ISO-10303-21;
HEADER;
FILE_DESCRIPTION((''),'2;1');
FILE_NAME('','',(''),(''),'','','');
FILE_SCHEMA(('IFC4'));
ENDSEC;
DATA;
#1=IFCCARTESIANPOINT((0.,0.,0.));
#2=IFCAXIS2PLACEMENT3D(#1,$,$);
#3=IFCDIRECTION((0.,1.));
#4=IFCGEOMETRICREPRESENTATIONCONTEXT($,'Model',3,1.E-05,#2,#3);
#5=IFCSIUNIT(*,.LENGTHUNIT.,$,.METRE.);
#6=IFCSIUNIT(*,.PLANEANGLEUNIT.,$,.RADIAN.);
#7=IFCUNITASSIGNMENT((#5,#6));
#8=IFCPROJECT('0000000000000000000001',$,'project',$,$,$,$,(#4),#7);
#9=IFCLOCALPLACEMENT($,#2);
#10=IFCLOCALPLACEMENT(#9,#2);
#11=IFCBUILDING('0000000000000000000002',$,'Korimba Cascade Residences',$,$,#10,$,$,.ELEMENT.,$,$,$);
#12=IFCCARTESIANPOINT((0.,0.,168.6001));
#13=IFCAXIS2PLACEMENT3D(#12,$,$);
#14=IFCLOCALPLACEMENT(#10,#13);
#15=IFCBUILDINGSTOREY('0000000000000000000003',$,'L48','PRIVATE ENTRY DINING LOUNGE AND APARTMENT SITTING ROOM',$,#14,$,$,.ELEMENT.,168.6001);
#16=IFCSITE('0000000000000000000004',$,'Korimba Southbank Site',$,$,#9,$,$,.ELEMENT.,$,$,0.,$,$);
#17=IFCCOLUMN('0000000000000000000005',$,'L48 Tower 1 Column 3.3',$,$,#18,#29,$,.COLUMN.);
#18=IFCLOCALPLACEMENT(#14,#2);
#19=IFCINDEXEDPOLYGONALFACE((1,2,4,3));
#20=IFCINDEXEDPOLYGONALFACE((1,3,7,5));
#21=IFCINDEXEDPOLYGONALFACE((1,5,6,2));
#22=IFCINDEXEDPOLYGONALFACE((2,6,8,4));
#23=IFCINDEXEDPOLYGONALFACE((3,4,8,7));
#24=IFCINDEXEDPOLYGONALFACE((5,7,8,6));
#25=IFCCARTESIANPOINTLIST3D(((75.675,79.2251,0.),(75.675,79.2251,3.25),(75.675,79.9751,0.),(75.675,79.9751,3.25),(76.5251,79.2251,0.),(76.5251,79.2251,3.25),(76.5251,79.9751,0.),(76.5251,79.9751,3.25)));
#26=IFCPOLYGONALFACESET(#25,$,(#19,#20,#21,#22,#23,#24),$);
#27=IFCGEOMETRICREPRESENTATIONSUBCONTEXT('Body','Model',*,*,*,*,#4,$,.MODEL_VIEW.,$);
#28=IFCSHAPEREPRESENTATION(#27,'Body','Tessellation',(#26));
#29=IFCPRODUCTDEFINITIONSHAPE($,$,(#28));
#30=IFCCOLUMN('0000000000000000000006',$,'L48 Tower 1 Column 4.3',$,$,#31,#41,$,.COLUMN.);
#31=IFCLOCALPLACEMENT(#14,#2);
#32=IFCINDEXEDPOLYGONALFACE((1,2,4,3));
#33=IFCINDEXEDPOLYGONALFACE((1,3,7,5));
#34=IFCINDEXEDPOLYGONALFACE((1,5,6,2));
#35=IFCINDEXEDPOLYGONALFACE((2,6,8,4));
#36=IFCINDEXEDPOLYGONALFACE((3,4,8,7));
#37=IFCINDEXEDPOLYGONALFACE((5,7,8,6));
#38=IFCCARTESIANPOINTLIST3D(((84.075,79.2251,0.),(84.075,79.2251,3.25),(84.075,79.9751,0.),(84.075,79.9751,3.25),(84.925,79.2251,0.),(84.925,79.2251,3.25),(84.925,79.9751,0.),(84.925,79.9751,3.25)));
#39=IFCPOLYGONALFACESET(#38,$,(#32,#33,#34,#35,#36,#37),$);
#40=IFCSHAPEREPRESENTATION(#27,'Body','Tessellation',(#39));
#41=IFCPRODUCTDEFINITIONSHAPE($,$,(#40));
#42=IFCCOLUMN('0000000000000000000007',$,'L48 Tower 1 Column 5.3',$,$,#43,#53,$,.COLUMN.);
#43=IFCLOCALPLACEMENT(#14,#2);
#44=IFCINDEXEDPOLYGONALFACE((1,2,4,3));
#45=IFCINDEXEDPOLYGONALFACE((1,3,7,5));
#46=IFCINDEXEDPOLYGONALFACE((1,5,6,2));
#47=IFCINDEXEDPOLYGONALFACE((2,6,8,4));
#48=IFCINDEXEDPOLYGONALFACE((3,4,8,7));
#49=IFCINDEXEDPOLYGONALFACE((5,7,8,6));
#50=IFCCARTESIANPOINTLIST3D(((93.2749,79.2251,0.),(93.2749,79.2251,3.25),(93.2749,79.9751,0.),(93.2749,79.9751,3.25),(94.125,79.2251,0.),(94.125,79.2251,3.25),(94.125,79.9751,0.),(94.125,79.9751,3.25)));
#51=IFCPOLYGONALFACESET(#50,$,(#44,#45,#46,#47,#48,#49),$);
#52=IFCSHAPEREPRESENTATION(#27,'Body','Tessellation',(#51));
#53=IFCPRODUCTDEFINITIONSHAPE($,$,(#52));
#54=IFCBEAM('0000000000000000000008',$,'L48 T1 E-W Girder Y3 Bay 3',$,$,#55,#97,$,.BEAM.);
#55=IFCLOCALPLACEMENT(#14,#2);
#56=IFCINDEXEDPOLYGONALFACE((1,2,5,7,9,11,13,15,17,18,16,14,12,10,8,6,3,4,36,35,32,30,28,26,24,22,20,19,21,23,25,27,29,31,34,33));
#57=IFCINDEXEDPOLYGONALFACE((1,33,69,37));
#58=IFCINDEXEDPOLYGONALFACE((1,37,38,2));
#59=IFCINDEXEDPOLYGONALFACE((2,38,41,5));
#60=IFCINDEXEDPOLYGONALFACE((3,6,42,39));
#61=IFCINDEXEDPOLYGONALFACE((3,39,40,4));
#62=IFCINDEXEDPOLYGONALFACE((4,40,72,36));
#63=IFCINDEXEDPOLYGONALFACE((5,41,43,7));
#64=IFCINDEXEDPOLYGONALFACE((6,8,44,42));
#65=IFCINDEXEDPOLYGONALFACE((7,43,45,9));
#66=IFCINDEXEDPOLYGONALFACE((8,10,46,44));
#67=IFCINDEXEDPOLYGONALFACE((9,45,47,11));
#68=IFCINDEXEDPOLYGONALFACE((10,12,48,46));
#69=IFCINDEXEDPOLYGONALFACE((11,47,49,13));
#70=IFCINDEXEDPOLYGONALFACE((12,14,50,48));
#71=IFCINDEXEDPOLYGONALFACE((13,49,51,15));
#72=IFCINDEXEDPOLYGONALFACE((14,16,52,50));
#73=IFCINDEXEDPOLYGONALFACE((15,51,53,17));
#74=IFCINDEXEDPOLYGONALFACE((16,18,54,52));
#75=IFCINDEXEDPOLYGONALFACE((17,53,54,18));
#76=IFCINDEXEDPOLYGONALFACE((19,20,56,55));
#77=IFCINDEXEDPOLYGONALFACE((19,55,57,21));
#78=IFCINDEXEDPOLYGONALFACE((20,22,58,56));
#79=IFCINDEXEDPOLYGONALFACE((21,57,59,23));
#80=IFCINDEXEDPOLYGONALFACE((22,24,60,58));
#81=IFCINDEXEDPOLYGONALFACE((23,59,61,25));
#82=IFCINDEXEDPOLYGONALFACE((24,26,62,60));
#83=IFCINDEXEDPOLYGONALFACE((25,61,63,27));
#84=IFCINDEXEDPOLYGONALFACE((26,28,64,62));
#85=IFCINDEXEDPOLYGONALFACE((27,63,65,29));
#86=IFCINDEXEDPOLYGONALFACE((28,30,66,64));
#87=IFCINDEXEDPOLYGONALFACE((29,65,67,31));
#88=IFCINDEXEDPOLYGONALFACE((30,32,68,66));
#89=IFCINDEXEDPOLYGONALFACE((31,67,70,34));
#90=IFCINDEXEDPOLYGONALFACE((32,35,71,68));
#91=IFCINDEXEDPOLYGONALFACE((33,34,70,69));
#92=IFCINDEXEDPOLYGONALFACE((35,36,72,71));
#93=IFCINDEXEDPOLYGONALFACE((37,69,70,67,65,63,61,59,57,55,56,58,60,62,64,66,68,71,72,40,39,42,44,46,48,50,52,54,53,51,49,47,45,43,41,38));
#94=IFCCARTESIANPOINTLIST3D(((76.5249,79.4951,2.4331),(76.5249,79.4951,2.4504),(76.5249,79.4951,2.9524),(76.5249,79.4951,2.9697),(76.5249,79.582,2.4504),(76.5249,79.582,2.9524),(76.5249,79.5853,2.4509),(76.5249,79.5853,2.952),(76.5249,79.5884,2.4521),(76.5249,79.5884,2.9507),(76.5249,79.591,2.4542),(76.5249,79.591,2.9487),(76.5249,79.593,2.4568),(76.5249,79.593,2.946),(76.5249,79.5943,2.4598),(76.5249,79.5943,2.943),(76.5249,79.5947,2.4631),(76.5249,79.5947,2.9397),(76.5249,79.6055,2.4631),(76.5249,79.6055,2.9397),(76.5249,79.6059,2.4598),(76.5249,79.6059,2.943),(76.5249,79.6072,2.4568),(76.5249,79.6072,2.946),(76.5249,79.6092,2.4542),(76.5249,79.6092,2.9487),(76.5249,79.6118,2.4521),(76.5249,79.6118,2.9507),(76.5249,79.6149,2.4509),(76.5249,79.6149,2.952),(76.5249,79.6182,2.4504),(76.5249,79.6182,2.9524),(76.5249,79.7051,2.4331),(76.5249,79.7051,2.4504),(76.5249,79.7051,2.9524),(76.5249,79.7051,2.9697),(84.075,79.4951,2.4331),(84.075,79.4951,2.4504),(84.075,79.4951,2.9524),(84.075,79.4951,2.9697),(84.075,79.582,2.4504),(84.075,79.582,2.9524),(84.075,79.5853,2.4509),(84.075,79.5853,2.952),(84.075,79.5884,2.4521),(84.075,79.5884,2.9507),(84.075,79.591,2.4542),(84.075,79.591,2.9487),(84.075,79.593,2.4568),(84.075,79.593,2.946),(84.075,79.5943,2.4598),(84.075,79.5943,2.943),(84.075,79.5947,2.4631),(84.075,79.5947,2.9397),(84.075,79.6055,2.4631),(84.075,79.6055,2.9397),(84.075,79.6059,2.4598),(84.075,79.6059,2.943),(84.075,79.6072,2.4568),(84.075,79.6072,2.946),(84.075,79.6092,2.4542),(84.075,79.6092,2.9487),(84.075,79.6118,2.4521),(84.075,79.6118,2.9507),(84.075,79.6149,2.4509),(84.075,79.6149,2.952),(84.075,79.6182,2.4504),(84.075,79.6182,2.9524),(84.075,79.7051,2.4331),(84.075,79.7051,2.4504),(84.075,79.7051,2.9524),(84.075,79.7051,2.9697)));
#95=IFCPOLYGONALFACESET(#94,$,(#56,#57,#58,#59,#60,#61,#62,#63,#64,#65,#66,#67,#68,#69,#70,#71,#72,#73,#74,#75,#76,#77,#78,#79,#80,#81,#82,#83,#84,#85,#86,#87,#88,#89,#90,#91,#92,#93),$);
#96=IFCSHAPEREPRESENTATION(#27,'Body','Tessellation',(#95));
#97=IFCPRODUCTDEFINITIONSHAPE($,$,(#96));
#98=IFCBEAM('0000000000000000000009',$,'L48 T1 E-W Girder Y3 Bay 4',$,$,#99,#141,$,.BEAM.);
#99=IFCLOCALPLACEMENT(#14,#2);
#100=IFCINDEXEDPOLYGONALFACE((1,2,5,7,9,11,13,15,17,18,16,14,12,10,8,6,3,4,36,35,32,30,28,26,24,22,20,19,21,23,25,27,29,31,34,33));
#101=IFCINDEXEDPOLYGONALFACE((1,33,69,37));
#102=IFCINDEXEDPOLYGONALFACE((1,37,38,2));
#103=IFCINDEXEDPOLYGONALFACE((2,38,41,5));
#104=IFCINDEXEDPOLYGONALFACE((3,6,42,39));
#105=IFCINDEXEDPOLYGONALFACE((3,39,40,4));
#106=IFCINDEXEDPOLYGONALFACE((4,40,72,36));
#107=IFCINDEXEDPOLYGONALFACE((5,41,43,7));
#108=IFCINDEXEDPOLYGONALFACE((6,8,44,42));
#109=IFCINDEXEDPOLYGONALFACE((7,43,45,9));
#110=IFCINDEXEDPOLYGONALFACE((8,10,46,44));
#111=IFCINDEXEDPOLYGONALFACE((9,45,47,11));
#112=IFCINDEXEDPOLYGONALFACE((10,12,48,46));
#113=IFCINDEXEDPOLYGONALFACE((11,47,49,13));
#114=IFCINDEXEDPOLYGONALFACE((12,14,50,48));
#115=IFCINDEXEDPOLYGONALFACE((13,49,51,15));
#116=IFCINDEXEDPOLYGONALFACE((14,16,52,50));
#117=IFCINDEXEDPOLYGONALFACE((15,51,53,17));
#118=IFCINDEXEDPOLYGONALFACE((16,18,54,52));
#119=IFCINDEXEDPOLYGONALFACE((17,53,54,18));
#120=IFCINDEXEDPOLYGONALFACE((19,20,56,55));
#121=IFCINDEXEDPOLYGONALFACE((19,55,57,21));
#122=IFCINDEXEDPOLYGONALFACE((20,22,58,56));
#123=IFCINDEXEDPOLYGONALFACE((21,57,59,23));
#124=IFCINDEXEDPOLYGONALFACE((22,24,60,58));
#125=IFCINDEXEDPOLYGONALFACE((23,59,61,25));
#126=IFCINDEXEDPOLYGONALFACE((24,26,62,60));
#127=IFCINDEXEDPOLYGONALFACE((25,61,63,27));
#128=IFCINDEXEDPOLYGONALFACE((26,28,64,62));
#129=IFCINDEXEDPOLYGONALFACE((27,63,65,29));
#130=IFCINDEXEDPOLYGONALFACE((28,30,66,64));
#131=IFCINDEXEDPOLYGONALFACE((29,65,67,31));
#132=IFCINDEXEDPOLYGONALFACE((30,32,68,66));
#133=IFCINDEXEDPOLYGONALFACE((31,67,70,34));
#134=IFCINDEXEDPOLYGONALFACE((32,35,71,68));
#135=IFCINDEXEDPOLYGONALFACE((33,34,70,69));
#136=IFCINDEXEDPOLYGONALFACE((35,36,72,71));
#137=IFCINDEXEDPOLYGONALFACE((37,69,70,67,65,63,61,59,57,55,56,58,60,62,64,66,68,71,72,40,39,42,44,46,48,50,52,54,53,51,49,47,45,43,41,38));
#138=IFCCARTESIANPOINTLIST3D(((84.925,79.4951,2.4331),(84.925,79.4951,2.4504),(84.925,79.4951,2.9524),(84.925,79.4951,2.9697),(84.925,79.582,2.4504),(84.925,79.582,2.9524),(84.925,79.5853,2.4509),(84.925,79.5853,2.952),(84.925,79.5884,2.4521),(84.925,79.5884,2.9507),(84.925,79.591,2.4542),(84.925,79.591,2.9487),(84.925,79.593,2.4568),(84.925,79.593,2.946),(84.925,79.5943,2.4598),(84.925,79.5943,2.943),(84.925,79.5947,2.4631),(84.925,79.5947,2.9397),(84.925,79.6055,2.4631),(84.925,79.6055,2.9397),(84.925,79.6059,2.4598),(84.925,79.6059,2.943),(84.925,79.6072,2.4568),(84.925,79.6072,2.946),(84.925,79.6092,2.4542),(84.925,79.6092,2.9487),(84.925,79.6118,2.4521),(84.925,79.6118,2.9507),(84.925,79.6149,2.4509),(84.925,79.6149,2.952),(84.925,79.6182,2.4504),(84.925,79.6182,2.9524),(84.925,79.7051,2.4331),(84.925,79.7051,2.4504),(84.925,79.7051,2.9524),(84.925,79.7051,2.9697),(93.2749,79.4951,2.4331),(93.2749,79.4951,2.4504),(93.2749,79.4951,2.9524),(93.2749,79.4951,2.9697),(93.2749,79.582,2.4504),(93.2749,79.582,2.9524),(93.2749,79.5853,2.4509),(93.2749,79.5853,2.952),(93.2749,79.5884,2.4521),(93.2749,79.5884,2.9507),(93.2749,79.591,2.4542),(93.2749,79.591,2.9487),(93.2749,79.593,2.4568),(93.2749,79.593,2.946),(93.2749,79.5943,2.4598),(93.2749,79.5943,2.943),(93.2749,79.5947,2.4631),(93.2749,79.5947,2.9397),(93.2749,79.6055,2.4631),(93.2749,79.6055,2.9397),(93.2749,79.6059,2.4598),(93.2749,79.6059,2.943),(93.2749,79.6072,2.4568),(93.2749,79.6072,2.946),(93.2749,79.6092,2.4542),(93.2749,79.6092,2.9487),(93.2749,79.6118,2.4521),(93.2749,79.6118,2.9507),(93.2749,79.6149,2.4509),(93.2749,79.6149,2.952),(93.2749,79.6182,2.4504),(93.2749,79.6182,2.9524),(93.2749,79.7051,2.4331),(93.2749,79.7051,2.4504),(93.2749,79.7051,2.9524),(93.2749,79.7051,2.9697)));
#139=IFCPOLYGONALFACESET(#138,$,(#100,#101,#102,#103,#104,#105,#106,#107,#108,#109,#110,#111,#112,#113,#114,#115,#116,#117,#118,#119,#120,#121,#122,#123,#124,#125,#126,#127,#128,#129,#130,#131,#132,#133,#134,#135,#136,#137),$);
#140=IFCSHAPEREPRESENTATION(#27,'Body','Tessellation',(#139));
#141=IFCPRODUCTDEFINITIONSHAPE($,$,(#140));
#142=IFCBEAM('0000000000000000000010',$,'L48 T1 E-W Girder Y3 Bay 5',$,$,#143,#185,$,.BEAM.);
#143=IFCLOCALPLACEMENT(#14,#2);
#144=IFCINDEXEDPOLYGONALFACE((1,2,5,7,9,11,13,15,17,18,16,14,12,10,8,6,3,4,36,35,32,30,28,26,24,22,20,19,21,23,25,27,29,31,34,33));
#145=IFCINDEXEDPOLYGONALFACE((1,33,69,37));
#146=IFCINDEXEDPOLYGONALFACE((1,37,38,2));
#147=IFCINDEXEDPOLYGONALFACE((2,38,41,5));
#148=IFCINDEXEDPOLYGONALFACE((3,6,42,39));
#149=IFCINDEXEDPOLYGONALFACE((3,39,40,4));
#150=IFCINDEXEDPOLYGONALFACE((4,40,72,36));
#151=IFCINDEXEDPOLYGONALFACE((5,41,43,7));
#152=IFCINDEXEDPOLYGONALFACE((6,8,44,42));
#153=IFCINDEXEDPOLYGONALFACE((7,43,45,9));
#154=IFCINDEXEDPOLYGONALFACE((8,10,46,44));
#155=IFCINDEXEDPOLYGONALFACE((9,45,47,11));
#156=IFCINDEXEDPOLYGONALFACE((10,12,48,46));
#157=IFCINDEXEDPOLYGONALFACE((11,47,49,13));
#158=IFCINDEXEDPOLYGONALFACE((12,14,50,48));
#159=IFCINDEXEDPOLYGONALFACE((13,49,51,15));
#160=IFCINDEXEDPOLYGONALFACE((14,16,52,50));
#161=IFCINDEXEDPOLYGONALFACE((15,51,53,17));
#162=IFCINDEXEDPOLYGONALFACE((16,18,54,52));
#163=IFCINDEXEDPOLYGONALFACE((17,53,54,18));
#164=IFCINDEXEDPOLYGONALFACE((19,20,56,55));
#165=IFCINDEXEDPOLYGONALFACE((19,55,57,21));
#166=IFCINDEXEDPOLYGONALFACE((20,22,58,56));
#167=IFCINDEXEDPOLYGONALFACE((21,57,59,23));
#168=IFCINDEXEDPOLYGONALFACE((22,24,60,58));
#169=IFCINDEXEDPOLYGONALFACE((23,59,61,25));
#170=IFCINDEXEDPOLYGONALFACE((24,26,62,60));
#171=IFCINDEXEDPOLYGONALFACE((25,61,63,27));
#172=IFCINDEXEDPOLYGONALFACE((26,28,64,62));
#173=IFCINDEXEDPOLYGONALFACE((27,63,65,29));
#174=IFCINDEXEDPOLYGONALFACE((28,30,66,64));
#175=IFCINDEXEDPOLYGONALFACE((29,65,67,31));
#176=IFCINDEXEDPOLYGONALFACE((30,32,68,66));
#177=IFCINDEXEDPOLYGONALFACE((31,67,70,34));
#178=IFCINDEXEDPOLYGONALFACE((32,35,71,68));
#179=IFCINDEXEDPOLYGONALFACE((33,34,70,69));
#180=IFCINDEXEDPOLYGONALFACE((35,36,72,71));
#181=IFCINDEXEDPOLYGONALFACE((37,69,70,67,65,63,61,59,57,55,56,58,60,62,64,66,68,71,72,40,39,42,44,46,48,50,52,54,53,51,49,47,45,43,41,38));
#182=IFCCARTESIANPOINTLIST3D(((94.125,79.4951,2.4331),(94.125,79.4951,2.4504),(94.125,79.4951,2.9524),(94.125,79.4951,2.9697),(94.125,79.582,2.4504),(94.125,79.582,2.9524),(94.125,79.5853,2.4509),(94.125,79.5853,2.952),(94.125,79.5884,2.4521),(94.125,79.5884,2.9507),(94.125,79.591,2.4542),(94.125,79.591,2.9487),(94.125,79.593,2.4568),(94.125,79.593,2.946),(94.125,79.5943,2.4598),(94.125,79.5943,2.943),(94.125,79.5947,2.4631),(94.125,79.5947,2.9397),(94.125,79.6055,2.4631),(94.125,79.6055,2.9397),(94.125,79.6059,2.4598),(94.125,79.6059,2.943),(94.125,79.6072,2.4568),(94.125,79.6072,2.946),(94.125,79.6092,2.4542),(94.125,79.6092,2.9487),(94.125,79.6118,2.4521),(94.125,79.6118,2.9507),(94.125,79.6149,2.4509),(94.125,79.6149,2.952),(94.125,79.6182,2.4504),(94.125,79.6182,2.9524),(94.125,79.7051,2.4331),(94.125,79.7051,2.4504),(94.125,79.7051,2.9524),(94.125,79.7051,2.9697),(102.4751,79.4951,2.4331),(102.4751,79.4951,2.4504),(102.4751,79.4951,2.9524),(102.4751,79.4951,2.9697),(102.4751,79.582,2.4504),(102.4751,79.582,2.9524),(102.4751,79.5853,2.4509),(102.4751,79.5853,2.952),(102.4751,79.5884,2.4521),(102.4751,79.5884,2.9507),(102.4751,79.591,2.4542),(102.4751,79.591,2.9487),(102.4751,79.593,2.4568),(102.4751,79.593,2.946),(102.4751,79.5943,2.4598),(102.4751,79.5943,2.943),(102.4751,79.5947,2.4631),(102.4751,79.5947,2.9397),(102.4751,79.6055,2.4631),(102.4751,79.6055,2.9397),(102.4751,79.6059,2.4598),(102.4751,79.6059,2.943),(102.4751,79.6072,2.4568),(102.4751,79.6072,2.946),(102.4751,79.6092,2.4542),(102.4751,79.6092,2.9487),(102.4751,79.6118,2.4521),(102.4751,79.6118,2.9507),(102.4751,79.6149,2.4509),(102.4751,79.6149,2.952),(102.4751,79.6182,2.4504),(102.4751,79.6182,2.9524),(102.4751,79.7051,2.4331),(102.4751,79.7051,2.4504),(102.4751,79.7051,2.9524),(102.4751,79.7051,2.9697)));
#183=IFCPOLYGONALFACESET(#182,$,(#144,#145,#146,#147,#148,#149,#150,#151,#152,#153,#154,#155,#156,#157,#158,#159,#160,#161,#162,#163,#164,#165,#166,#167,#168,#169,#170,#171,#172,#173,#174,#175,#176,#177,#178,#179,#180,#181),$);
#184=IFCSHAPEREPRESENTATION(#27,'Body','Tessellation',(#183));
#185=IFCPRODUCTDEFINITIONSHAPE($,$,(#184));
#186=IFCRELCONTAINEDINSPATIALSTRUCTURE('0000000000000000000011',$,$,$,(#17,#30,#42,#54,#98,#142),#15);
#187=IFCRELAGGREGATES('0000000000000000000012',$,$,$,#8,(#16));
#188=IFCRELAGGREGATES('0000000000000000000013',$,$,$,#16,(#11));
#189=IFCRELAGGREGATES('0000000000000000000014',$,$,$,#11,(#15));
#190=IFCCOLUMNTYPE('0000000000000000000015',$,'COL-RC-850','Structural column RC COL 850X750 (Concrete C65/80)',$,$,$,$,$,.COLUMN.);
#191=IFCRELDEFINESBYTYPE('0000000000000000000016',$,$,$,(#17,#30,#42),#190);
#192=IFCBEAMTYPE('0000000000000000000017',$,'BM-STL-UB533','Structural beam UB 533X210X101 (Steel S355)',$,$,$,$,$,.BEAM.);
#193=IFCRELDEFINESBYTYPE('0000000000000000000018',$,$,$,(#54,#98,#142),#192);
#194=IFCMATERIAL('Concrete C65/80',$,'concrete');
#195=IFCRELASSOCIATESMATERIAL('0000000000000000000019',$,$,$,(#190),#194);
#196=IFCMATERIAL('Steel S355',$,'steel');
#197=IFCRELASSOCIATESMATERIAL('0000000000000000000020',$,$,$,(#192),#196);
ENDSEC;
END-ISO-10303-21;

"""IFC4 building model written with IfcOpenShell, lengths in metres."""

from ifc_helpers import new_model, si_unit, direction, frame, origin, origin_2d, place, context, subcontext, project, spatial, rectangle, i_section, extrude, material, material_profile, profile_set, type_object, element, save


model = new_model("IFC4")

# Units and contexts
model_context = context("Model", 3, precision=1e-05, world=origin(), true_north=direction((0.0, 1.0)))
body_context = subcontext(model_context, "Body", "Model", "MODEL_VIEW")
ifc_project = project(units=[si_unit("LENGTHUNIT", "METRE"), si_unit("PLANEANGLEUNIT", "RADIAN")], contexts=[model_context])

# Site, building, storey
site_placement = place(None, origin())
site = spatial("IfcSite", under=ifc_project, at=site_placement, Name="Korimba Southbank Site", CompositionType="ELEMENT", RefElevation=0.0)
building_placement = place(site_placement, origin())
building = spatial("IfcBuilding", under=site, at=building_placement, Name="Korimba Cascade Residences", CompositionType="ELEMENT")
storey_placement = place(building_placement, frame((0.0, 0.0, 168.6001)))
storey = spatial("IfcBuildingStorey", under=building, at=storey_placement, Name="L48", Description="PRIVATE ENTRY DINING LOUNGE AND APARTMENT SITTING ROOM", CompositionType="ELEMENT", Elevation=168.6001)

# Columns
ifc_material_1 = material(Name="Concrete C65/80", Category="concrete")
ifc_material_profile_1 = material_profile(ifc_material_1, rectangle(XDim=0.8501, YDim=0.75, at=origin_2d()), Name="Concrete C65/80")
ifc_profile_set_1 = profile_set([ifc_material_profile_1], Name="Concrete C65/80")
column_type = type_object("IfcColumnType", Name="COL-RC-850", Description="Structural column RC COL 850X750 (Concrete C65/80)", PredefinedType="COLUMN", material=ifc_profile_set_1)
for number, where, z_axis, x_axis, name in (
    (1, (76.1001, 79.6001, 0.0), (0.0, 0.0, 1.0), (1.0, 0.0, 0.0), "L48 Tower 1 Column 3.3"),
    (2, (84.5, 79.6001, 0.0), (0.0, 0.0, 1.0), (1.0, 0.0, 0.0), "L48 Tower 1 Column 4.3"),
    (3, (93.7, 79.6001, 0.0), (0.0, 0.0, 1.0), (1.0, 0.0, 0.0), "L48 Tower 1 Column 5.3"),
):
    element("IfcColumn", number, at=place(storey_placement, frame(where, z_axis=z_axis, x_axis=x_axis)), inside=storey, type_object=column_type, Name=name, PredefinedType="COLUMN", context=body_context, shape_type="SweptSolid", body=[
        extrude(rectangle(XDim=0.8501, YDim=0.75, at=origin_2d()), origin(), (0.0, 0.0, 1.0), 3.25),
    ])

# Beams
ifc_material_2 = material(Name="Steel S355", Category="steel")
ifc_material_profile_2 = material_profile(ifc_material_2, i_section(OverallWidth=0.21, OverallDepth=0.5366, WebThickness=0.0107, FlangeThickness=0.0173, FilletRadius=0.0127, at=origin_2d()), Name="Steel S355")
ifc_profile_set_2 = profile_set([ifc_material_profile_2], Name="Steel S355")
beam_type_1 = type_object("IfcBeamType", Name="BM-STL-UB533", Description="Structural beam UB 533X210X101 (Steel S355)", PredefinedType="BEAM", material=ifc_profile_set_2)
beam_1_placement = place(storey_placement, frame((76.5249, 79.6001, 2.7014), z_axis=(1.0, 0.0, 0.0), x_axis=(0.0, 1.0, 0.0)))
element("IfcBeam", 4, at=beam_1_placement, inside=storey, type_object=beam_type_1, Name="L48 T1 E-W Girder Y3 Bay 3", PredefinedType="BEAM", context=body_context, shape_type="SweptSolid", body=[
    extrude(i_section(OverallWidth=0.21, OverallDepth=0.5366, WebThickness=0.0107, FlangeThickness=0.0173, FilletRadius=0.0127, at=origin_2d()), origin(), (0.0, 0.0, 1.0), 7.55),
])
beam_2_placement = place(storey_placement, frame((84.925, 79.6001, 2.7014), z_axis=(1.0, 0.0, 0.0), x_axis=(0.0, 1.0, 0.0)))
element("IfcBeam", 5, at=beam_2_placement, inside=storey, type_object=beam_type_1, Name="L48 T1 E-W Girder Y3 Bay 4", PredefinedType="BEAM", context=body_context, shape_type="SweptSolid", body=[
    extrude(i_section(OverallWidth=0.21, OverallDepth=0.5366, WebThickness=0.0107, FlangeThickness=0.0173, FilletRadius=0.0127, at=origin_2d()), origin(), (0.0, 0.0, 1.0), 8.3499),
])
beam_3_placement = place(storey_placement, frame((94.125, 79.6001, 2.7014), z_axis=(1.0, 0.0, 0.0), x_axis=(0.0, 1.0, 0.0)))
element("IfcBeam", 6, at=beam_3_placement, inside=storey, type_object=beam_type_1, Name="L48 T1 E-W Girder Y3 Bay 5", PredefinedType="BEAM", context=body_context, shape_type="SweptSolid", body=[
    extrude(i_section(OverallWidth=0.21, OverallDepth=0.5366, WebThickness=0.0107, FlangeThickness=0.0173, FilletRadius=0.0127, at=origin_2d()), origin(), (0.0, 0.0, 1.0), 8.3501),
])

save(model, "model.ifc")
